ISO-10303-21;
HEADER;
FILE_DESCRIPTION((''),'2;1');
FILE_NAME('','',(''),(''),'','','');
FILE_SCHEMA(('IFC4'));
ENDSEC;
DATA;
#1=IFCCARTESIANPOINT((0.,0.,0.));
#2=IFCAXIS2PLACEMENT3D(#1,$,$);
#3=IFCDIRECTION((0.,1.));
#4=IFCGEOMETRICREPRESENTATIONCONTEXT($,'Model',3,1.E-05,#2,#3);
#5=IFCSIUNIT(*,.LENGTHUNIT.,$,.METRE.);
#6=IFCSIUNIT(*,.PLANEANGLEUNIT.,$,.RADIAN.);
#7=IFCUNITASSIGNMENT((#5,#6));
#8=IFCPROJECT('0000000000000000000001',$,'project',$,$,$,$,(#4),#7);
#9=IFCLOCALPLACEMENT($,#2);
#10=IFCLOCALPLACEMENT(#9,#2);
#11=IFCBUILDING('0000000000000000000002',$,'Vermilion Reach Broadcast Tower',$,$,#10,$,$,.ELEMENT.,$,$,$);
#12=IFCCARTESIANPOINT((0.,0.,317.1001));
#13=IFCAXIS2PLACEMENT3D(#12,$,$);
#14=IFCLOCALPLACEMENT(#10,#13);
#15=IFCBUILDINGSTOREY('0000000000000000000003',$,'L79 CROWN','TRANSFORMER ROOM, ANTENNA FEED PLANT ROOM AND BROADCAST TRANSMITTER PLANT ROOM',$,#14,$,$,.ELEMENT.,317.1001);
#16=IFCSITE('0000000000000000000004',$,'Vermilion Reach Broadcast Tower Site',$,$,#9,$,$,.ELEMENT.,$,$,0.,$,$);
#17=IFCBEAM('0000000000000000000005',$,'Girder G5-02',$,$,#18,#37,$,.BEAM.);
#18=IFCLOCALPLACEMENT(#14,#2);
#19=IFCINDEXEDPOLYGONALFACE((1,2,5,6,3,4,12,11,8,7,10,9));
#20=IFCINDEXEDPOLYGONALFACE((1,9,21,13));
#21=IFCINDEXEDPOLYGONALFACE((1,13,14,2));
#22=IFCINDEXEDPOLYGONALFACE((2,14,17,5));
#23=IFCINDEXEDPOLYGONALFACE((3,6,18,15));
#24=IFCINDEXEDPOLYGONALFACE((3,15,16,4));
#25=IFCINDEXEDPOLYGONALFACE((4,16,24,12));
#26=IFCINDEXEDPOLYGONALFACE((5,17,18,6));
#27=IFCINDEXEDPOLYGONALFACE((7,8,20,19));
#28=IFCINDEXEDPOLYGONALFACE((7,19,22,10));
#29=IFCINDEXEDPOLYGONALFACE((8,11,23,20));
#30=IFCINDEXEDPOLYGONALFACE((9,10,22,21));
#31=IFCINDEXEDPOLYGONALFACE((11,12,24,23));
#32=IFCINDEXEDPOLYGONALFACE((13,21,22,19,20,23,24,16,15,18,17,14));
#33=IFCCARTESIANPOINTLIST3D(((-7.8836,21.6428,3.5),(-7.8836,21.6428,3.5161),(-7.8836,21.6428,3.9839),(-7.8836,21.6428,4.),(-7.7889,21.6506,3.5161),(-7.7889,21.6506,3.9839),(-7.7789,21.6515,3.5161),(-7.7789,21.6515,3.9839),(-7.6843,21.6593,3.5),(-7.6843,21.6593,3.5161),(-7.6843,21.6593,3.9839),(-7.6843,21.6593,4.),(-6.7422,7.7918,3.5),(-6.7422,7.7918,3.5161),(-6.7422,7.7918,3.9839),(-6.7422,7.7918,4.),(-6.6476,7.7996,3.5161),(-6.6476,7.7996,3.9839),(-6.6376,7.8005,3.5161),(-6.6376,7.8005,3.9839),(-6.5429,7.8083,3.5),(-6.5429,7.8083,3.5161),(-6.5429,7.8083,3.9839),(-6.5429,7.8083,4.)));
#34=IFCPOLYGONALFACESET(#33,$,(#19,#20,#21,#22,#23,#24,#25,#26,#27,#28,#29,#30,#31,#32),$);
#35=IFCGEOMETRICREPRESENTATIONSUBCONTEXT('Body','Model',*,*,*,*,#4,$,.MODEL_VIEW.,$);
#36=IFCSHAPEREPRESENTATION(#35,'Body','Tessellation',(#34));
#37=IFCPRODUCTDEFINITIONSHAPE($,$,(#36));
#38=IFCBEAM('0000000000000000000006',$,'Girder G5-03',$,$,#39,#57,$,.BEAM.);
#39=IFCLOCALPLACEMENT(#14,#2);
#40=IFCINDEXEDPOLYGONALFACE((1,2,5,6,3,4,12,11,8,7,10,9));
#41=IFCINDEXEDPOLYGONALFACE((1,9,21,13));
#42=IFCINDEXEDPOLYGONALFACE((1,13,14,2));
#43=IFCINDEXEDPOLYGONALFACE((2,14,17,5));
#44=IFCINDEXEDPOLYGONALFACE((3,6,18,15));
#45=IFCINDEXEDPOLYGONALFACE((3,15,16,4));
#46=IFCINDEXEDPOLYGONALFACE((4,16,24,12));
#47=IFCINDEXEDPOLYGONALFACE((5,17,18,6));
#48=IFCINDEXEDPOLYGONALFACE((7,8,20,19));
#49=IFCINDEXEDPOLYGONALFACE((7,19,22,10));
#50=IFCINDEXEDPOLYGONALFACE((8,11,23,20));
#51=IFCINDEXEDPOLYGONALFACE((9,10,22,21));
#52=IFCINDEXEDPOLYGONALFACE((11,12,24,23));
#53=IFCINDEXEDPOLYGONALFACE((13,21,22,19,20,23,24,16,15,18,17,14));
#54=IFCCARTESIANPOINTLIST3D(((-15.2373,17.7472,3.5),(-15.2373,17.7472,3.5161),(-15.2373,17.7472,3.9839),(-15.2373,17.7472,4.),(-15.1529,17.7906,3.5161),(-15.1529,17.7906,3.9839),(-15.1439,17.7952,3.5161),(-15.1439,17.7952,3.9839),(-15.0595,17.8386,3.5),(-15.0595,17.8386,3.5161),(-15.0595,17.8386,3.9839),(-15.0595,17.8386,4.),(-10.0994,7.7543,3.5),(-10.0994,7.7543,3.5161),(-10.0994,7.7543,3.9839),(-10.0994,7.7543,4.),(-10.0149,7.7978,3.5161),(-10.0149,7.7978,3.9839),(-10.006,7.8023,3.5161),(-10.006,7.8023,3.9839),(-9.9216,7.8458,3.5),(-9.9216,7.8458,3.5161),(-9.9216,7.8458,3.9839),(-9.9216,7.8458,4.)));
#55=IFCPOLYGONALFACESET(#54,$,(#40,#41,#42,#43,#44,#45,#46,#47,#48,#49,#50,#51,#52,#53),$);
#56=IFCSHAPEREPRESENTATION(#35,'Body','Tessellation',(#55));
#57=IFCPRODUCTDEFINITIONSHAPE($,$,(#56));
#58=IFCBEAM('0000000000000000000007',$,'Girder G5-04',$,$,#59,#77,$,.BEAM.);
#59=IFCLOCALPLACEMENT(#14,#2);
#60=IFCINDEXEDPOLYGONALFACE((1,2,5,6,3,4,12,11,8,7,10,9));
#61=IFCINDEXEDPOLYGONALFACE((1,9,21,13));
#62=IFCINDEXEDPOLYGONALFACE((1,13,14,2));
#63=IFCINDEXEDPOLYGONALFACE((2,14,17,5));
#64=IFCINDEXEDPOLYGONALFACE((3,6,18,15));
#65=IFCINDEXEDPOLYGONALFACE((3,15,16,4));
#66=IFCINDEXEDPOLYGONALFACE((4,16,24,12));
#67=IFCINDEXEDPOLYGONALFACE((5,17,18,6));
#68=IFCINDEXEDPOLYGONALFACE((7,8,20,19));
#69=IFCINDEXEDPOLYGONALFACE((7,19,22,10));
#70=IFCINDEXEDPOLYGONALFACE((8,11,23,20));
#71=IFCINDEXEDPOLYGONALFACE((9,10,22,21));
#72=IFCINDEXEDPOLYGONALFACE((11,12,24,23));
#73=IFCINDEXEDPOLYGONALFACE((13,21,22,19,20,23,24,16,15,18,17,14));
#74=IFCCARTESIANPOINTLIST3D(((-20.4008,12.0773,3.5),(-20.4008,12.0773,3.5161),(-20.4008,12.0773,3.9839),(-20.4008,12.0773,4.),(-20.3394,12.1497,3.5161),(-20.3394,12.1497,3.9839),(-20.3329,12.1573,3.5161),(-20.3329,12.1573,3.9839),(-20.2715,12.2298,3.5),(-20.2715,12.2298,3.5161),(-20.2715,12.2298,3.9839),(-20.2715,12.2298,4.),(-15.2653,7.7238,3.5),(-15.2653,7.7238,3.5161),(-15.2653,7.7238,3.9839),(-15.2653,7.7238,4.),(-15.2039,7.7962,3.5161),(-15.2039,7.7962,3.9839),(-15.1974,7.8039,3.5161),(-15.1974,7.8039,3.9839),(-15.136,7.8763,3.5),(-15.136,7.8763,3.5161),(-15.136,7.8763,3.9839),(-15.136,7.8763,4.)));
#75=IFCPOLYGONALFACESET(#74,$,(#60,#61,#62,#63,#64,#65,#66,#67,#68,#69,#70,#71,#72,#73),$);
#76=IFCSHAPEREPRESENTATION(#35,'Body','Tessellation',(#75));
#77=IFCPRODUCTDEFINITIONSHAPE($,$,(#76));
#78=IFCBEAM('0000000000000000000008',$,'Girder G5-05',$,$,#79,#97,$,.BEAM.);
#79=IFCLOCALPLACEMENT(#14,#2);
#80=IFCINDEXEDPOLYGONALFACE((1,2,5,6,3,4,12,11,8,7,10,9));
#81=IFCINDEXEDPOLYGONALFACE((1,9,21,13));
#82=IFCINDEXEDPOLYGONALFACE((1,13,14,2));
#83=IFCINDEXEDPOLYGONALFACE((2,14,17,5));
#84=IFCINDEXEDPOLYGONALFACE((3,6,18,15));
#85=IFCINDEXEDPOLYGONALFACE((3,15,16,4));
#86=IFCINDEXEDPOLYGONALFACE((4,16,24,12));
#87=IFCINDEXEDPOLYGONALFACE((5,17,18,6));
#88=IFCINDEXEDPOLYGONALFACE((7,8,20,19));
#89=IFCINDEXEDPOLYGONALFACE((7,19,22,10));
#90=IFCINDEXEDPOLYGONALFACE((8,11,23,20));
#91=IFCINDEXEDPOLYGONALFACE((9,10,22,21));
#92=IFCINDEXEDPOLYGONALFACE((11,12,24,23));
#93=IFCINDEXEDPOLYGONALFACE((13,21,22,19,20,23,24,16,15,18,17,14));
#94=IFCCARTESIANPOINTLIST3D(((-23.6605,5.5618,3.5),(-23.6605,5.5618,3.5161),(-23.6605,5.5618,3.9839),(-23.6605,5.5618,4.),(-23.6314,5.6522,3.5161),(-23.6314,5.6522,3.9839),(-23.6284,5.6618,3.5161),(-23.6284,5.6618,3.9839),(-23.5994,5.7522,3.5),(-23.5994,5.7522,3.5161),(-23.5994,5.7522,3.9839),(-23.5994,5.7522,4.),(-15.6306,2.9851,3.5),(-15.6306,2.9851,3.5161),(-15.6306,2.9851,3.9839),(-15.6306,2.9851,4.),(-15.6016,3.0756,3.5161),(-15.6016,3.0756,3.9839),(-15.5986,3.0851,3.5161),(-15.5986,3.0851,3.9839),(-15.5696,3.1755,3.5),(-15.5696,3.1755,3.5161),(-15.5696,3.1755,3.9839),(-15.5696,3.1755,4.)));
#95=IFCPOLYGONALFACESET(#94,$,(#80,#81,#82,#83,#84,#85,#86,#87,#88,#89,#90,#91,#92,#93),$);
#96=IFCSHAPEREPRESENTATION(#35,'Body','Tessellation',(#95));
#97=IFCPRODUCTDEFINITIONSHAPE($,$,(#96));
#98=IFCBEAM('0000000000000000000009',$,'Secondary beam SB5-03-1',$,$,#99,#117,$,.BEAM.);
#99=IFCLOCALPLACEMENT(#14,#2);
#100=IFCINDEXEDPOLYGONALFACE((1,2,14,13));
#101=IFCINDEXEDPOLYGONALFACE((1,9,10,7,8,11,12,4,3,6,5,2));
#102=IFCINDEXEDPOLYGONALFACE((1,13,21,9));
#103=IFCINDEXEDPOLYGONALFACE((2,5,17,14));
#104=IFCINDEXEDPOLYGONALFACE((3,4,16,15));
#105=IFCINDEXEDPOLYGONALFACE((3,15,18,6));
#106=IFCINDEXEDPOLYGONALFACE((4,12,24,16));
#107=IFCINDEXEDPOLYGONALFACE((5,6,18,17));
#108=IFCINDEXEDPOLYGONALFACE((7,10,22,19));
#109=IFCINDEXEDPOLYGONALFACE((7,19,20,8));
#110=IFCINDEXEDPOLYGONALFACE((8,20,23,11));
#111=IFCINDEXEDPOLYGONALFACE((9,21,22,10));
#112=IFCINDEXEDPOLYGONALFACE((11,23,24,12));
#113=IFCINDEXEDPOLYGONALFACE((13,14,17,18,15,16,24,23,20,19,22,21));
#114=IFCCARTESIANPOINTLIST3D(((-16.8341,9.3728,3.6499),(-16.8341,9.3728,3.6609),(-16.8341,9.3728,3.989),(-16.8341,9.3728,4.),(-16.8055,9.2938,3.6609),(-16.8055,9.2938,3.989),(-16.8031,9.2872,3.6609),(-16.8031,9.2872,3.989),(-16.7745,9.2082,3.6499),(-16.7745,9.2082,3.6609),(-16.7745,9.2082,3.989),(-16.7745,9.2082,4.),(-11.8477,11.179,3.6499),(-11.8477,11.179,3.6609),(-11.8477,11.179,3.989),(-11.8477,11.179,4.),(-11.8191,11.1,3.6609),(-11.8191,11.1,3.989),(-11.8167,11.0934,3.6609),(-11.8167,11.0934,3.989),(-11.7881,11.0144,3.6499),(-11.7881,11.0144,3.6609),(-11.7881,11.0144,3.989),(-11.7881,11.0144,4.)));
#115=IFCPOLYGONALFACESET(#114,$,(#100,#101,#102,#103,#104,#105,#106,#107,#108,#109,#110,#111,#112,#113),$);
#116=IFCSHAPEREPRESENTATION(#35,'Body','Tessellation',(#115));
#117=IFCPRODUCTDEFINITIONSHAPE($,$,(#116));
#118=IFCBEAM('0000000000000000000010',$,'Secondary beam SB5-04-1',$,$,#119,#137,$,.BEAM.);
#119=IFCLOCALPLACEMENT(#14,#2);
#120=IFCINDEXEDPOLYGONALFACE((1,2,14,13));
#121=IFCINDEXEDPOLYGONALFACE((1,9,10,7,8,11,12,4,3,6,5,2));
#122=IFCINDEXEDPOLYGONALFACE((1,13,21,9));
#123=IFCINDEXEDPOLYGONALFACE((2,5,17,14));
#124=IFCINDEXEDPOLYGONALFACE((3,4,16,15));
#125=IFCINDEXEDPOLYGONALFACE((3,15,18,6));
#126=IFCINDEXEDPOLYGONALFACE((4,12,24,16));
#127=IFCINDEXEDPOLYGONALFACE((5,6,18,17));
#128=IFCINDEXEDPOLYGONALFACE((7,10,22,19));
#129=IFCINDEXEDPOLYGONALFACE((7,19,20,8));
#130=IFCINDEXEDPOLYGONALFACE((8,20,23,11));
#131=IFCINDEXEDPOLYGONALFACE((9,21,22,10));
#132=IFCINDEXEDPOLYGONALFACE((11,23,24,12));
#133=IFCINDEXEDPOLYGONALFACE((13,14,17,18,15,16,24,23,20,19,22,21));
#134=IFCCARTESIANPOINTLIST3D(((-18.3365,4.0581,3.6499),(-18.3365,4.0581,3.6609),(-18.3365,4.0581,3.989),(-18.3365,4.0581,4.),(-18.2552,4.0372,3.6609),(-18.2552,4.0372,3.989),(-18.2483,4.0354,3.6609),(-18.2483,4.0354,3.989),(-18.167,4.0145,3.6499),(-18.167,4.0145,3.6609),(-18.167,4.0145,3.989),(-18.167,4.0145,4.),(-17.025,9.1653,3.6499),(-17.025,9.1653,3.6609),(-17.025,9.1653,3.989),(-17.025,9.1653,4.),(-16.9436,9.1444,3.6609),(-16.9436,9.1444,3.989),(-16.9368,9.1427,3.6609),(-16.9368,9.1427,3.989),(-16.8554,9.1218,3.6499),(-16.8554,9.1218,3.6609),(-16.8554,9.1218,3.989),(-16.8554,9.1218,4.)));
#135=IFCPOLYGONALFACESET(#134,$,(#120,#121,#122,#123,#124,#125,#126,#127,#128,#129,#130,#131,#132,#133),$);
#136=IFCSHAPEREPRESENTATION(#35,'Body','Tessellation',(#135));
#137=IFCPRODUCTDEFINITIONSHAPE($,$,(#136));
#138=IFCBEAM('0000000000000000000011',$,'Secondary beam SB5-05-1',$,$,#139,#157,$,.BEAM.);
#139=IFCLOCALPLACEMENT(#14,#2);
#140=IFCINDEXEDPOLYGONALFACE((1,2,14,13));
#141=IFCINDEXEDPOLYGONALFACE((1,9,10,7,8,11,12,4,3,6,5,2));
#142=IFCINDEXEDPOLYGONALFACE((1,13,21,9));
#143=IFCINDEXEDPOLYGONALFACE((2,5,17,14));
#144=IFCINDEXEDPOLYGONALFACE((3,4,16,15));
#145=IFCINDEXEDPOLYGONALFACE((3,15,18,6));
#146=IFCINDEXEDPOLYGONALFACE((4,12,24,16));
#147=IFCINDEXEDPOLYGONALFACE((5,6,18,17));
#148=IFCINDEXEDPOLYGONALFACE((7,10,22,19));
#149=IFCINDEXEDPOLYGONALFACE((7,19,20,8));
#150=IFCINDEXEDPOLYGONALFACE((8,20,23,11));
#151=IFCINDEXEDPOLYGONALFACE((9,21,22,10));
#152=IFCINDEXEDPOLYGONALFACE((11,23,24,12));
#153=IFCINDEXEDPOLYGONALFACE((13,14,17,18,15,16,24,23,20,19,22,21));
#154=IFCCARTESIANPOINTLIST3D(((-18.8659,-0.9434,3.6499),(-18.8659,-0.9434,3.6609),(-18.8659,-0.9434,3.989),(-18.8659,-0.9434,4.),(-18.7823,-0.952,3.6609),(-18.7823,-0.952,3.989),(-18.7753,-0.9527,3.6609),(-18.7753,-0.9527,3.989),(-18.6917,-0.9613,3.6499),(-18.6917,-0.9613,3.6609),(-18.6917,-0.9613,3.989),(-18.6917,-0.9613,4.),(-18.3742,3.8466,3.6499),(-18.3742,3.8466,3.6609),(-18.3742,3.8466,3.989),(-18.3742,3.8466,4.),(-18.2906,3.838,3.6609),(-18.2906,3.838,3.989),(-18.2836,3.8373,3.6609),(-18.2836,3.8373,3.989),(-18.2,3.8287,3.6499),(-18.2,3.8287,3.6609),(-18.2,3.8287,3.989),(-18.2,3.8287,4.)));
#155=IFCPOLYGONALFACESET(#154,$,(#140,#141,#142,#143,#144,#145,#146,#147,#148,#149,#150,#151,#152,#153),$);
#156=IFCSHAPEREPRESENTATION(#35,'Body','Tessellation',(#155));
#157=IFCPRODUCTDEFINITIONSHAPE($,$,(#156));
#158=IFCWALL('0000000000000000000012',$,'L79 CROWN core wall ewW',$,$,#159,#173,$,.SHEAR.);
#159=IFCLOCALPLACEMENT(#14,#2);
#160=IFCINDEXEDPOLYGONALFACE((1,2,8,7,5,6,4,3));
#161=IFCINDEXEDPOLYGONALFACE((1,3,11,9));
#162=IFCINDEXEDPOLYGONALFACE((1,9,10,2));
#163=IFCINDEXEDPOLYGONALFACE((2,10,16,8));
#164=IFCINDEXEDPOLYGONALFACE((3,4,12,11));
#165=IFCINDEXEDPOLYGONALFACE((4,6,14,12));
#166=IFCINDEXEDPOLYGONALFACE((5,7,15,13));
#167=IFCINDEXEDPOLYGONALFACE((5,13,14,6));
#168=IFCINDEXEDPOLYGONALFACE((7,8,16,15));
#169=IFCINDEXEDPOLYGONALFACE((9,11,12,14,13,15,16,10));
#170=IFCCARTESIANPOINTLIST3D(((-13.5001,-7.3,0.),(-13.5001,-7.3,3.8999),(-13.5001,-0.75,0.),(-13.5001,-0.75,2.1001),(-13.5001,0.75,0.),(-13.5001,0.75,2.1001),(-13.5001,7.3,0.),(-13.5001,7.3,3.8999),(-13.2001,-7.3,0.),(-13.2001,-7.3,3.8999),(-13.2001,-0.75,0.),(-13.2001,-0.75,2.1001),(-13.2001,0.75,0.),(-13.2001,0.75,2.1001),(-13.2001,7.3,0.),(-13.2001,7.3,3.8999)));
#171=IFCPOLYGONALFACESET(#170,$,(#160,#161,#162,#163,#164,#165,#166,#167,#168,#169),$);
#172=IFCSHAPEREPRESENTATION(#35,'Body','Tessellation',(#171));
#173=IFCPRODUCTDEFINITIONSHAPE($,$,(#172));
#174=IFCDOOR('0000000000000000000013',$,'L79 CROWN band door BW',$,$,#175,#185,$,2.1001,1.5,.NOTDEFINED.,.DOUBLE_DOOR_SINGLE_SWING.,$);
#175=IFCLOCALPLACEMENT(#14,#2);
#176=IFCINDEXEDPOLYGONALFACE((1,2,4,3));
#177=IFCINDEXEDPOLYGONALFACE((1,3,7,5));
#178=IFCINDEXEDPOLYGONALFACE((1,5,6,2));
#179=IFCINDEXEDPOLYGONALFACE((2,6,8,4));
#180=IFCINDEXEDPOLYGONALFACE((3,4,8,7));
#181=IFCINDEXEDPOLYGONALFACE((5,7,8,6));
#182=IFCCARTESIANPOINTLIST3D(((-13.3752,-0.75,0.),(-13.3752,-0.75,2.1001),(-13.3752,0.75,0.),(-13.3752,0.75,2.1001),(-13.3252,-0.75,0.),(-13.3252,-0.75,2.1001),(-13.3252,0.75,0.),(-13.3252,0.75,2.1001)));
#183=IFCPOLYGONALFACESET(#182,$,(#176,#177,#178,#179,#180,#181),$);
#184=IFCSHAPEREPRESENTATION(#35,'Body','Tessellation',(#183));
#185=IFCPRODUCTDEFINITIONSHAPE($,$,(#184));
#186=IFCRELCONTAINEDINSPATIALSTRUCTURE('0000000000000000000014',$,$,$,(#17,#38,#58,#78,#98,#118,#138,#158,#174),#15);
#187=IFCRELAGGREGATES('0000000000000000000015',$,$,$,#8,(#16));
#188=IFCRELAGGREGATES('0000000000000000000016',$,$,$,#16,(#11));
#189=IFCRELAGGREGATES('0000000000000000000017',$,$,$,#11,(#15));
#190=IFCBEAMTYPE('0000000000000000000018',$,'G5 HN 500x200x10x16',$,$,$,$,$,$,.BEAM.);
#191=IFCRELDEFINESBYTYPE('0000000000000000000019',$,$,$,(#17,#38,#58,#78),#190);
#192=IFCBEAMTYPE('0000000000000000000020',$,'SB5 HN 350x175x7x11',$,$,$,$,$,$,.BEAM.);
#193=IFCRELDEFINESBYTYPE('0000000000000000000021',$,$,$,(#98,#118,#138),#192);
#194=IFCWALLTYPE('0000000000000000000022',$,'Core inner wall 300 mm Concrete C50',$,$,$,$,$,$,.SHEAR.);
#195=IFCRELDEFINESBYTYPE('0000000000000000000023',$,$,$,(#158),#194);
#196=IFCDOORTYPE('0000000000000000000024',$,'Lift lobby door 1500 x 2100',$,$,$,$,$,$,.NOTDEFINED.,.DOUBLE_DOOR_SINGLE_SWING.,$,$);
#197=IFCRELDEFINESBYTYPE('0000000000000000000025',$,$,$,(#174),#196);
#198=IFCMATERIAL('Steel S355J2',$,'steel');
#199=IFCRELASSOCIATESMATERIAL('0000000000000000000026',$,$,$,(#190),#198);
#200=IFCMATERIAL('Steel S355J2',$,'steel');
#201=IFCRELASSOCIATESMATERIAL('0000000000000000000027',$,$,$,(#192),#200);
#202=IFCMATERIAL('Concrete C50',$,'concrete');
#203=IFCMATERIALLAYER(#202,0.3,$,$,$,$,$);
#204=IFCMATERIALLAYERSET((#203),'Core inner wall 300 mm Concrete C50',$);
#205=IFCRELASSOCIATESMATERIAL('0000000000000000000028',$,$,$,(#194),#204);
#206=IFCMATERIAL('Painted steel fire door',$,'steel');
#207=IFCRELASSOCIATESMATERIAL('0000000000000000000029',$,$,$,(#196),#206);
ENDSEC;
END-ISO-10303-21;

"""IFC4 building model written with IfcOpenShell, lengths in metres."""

from ifc_helpers import new_model, si_unit, direction, frame, frame_2d, origin, origin_2d, place, context, subcontext, project, spatial, rectangle, i_section, extrude, material, layer, layer_set, material_profile, profile_set, type_object, element, fill, save


model = new_model("IFC4")

# Units and contexts
model_context = context("Model", 3, precision=1e-05, world=origin(), true_north=direction((0.0, 1.0)))
body_context = subcontext(model_context, "Body", "Model", "MODEL_VIEW")
ifc_project = project(units=[si_unit("LENGTHUNIT", "METRE"), si_unit("PLANEANGLEUNIT", "RADIAN")], contexts=[model_context])

# Site, building, storey
site_placement = place(None, origin())
site = spatial("IfcSite", under=ifc_project, at=site_placement, Name="Vermilion Reach Broadcast Tower Site", CompositionType="ELEMENT", RefElevation=0.0)
building_placement = place(site_placement, origin())
building = spatial("IfcBuilding", under=site, at=building_placement, Name="Vermilion Reach Broadcast Tower", CompositionType="ELEMENT")
storey_placement = place(building_placement, frame((0.0, 0.0, 317.1001)))
storey = spatial("IfcBuildingStorey", under=building, at=storey_placement, Name="L79 CROWN", Description="TRANSFORMER ROOM, ANTENNA FEED PLANT ROOM AND BROADCAST TRANSMITTER PLANT ROOM", CompositionType="ELEMENT", Elevation=317.1001)

# Beams
ifc_material_1 = material(Name="Steel S355J2", Category="steel")
ifc_material_profile_1 = material_profile(ifc_material_1, i_section(OverallWidth=0.2, OverallDepth=0.5, WebThickness=0.01, FlangeThickness=0.0161, at=origin_2d()), Name="S355J2 HN 500x200x10x16")
ifc_profile_set_1 = profile_set([ifc_material_profile_1], Name="Steel S355J2")
beam_type_1 = type_object("IfcBeamType", Name="G5 HN 500x200x10x16", PredefinedType="BEAM", material=ifc_profile_set_1)
beam_1_placement = place(storey_placement, frame((-6.6426, 7.8, 3.75), z_axis=(-0.082124, 0.996622, 0.0), x_axis=(-0.996622, -0.082124, 0.0)))
element("IfcBeam", 1, at=beam_1_placement, inside=storey, type_object=beam_type_1, Name="Girder G5-02", PredefinedType="BEAM", context=body_context, shape_type="SweptSolid", body=[
    extrude(i_section(OverallWidth=0.2, OverallDepth=0.5, WebThickness=0.01, FlangeThickness=0.0161, at=origin_2d()), origin(), (0.0, 0.0, 1.0), 13.8979),
])
beam_2_placement = place(storey_placement, frame((-10.0105, 7.8, 3.75), z_axis=(-0.457258, 0.889334, 0.0), x_axis=(-0.889334, -0.457258, 0.0)))
element("IfcBeam", 2, at=beam_2_placement, inside=storey, type_object=beam_type_1, Name="Girder G5-03", PredefinedType="BEAM", context=body_context, shape_type="SweptSolid", body=[
    extrude(i_section(OverallWidth=0.2, OverallDepth=0.5, WebThickness=0.01, FlangeThickness=0.0161, at=origin_2d()), origin(), (0.0, 0.0, 1.0), 11.2363),
])
beam_3_placement = place(storey_placement, frame((-15.2007, 7.8, 3.75), z_axis=(-0.762793, 0.646643, 0.0), x_axis=(-0.646643, -0.762793, 0.0)))
element("IfcBeam", 3, at=beam_3_placement, inside=storey, type_object=beam_type_1, Name="Girder G5-04", PredefinedType="BEAM", context=body_context, shape_type="SweptSolid", body=[
    extrude(i_section(OverallWidth=0.2, OverallDepth=0.5, WebThickness=0.01, FlangeThickness=0.0161, at=origin_2d()), origin(), (0.0, 0.0, 1.0), 6.7324),
])
beam_4_placement = place(storey_placement, frame((-15.6001, 3.0803, 3.75), z_axis=(-0.952178, 0.305542, 0.0), x_axis=(-0.305542, -0.952178, 0.0)))
element("IfcBeam", 4, at=beam_4_placement, inside=storey, type_object=beam_type_1, Name="Girder G5-05", PredefinedType="BEAM", context=body_context, shape_type="SweptSolid", body=[
    extrude(i_section(OverallWidth=0.2, OverallDepth=0.5, WebThickness=0.01, FlangeThickness=0.0161, at=origin_2d()), origin(), (0.0, 0.0, 1.0), 8.4331),
])
ifc_material_2 = material(Name="Steel S355J2", Category="steel")
ifc_material_profile_2 = material_profile(ifc_material_2, i_section(OverallWidth=0.175, OverallDepth=0.3501, WebThickness=0.0071, FlangeThickness=0.011, at=origin_2d()), Name="S355J2 HN 350x175x7x11")
ifc_profile_set_2 = profile_set([ifc_material_profile_2], Name="Steel S355J2")
beam_type_2 = type_object("IfcBeamType", Name="SB5 HN 350x175x7x11", PredefinedType="BEAM", material=ifc_profile_set_2)
beam_5_placement = place(storey_placement, frame((-11.8179, 11.0967, 3.825), z_axis=(-0.94022, -0.340567, 0.0), x_axis=(0.340567, -0.94022, 0.0)))
element("IfcBeam", 5, at=beam_5_placement, inside=storey, type_object=beam_type_2, Name="Secondary beam SB5-03-1", PredefinedType="BEAM", context=body_context, shape_type="SweptSolid", body=[
    extrude(i_section(OverallWidth=0.175, OverallDepth=0.3501, WebThickness=0.0071, FlangeThickness=0.011, at=origin_2d()), origin(), (0.0, 0.0, 1.0), 5.3035),
])
beam_6_placement = place(storey_placement, frame((-16.9402, 9.1436, 3.825), z_axis=(-0.24873, -0.968573, 0.0), x_axis=(0.968573, -0.24873, 0.0)))
element("IfcBeam", 6, at=beam_6_placement, inside=storey, type_object=beam_type_2, Name="Secondary beam SB5-04-1", PredefinedType="BEAM", context=body_context, shape_type="SweptSolid", body=[
    extrude(i_section(OverallWidth=0.175, OverallDepth=0.3501, WebThickness=0.0071, FlangeThickness=0.011, at=origin_2d()), origin(), (0.0, 0.0, 1.0), 5.2729),
])
beam_7_placement = place(storey_placement, frame((-18.2871, 3.8376, 3.825), z_axis=(-0.102114, -0.994773, 0.0), x_axis=(0.994773, -0.102114, 0.0)))
element("IfcBeam", 7, at=beam_7_placement, inside=storey, type_object=beam_type_2, Name="Secondary beam SB5-05-1", PredefinedType="BEAM", context=body_context, shape_type="SweptSolid", body=[
    extrude(i_section(OverallWidth=0.175, OverallDepth=0.3501, WebThickness=0.0071, FlangeThickness=0.011, at=origin_2d()), origin(), (0.0, 0.0, 1.0), 4.8152),
])

# Wall, opening, door
ifc_material_3 = material(Name="Concrete C50", Category="concrete")
ifc_layer_1 = layer(ifc_material_3, 0.3)
ifc_layer_set_1 = layer_set([ifc_layer_1], Name="Core inner wall 300 mm Concrete C50")
wall_type_1 = type_object("IfcWallType", Name="Core inner wall 300 mm Concrete C50", PredefinedType="SHEAR", material=ifc_layer_set_1)
wall_1_placement = place(storey_placement, frame((-13.3501, 7.3, 0.0), z_axis=(0.0, 0.0, 1.0), x_axis=(0.0, -1.0, 0.0)))
wall_1 = element("IfcWall", 8, at=wall_1_placement, inside=storey, type_object=wall_type_1, Name="L79 CROWN core wall ewW", PredefinedType="SHEAR", context=body_context, shape_type="SweptSolid", body=[
    extrude(rectangle(XDim=14.6001, YDim=0.3, at=frame_2d((7.3, 0.0))), origin(), (0.0, 0.0, 1.0), 3.8999),
])
opening_1_placement = place(wall_1_placement, frame((6.55, 0.0, 0.0)))
opening_1 = element("IfcOpeningElement", 9, at=opening_1_placement, cuts=wall_1, PredefinedType="OPENING", context=body_context, shape_type="SweptSolid", body=[
    extrude(rectangle(XDim=1.5, YDim=2.1001, at=frame_2d((0.75, 1.05))), frame((0.0, 0.1599, 0.0), z_axis=(0.0, -1.0, 0.0), x_axis=(1.0, 0.0, 0.0)), (0.0, 0.0, 1.0), 0.3201),
])
ifc_material_4 = material(Name="Painted steel fire door", Category="steel")
door_type_1 = type_object("IfcDoorType", Name="Lift lobby door 1500 x 2100", OperationType="DOUBLE_DOOR_SINGLE_SWING", PredefinedType="NOTDEFINED", material=ifc_material_4)
door_1_placement = place(opening_1_placement, origin())
door_1 = element("IfcDoor", 10, at=door_1_placement, inside=storey, type_object=door_type_1, Name="L79 CROWN band door BW", OperationType="DOUBLE_DOOR_SINGLE_SWING", OverallHeight=2.1001, OverallWidth=1.5, PredefinedType="NOTDEFINED", context=body_context, shape_type="SweptSolid", body=[
    extrude(rectangle(XDim=1.5, YDim=2.1001, at=frame_2d((0.75, 1.05))), frame((0.0, 0.0249, 0.0), z_axis=(0.0, -1.0, 0.0), x_axis=(1.0, 0.0, 0.0)), (0.0, 0.0, 1.0), 0.05),
])
fill(opening_1, door_1)

save(model, "model.ifc")
